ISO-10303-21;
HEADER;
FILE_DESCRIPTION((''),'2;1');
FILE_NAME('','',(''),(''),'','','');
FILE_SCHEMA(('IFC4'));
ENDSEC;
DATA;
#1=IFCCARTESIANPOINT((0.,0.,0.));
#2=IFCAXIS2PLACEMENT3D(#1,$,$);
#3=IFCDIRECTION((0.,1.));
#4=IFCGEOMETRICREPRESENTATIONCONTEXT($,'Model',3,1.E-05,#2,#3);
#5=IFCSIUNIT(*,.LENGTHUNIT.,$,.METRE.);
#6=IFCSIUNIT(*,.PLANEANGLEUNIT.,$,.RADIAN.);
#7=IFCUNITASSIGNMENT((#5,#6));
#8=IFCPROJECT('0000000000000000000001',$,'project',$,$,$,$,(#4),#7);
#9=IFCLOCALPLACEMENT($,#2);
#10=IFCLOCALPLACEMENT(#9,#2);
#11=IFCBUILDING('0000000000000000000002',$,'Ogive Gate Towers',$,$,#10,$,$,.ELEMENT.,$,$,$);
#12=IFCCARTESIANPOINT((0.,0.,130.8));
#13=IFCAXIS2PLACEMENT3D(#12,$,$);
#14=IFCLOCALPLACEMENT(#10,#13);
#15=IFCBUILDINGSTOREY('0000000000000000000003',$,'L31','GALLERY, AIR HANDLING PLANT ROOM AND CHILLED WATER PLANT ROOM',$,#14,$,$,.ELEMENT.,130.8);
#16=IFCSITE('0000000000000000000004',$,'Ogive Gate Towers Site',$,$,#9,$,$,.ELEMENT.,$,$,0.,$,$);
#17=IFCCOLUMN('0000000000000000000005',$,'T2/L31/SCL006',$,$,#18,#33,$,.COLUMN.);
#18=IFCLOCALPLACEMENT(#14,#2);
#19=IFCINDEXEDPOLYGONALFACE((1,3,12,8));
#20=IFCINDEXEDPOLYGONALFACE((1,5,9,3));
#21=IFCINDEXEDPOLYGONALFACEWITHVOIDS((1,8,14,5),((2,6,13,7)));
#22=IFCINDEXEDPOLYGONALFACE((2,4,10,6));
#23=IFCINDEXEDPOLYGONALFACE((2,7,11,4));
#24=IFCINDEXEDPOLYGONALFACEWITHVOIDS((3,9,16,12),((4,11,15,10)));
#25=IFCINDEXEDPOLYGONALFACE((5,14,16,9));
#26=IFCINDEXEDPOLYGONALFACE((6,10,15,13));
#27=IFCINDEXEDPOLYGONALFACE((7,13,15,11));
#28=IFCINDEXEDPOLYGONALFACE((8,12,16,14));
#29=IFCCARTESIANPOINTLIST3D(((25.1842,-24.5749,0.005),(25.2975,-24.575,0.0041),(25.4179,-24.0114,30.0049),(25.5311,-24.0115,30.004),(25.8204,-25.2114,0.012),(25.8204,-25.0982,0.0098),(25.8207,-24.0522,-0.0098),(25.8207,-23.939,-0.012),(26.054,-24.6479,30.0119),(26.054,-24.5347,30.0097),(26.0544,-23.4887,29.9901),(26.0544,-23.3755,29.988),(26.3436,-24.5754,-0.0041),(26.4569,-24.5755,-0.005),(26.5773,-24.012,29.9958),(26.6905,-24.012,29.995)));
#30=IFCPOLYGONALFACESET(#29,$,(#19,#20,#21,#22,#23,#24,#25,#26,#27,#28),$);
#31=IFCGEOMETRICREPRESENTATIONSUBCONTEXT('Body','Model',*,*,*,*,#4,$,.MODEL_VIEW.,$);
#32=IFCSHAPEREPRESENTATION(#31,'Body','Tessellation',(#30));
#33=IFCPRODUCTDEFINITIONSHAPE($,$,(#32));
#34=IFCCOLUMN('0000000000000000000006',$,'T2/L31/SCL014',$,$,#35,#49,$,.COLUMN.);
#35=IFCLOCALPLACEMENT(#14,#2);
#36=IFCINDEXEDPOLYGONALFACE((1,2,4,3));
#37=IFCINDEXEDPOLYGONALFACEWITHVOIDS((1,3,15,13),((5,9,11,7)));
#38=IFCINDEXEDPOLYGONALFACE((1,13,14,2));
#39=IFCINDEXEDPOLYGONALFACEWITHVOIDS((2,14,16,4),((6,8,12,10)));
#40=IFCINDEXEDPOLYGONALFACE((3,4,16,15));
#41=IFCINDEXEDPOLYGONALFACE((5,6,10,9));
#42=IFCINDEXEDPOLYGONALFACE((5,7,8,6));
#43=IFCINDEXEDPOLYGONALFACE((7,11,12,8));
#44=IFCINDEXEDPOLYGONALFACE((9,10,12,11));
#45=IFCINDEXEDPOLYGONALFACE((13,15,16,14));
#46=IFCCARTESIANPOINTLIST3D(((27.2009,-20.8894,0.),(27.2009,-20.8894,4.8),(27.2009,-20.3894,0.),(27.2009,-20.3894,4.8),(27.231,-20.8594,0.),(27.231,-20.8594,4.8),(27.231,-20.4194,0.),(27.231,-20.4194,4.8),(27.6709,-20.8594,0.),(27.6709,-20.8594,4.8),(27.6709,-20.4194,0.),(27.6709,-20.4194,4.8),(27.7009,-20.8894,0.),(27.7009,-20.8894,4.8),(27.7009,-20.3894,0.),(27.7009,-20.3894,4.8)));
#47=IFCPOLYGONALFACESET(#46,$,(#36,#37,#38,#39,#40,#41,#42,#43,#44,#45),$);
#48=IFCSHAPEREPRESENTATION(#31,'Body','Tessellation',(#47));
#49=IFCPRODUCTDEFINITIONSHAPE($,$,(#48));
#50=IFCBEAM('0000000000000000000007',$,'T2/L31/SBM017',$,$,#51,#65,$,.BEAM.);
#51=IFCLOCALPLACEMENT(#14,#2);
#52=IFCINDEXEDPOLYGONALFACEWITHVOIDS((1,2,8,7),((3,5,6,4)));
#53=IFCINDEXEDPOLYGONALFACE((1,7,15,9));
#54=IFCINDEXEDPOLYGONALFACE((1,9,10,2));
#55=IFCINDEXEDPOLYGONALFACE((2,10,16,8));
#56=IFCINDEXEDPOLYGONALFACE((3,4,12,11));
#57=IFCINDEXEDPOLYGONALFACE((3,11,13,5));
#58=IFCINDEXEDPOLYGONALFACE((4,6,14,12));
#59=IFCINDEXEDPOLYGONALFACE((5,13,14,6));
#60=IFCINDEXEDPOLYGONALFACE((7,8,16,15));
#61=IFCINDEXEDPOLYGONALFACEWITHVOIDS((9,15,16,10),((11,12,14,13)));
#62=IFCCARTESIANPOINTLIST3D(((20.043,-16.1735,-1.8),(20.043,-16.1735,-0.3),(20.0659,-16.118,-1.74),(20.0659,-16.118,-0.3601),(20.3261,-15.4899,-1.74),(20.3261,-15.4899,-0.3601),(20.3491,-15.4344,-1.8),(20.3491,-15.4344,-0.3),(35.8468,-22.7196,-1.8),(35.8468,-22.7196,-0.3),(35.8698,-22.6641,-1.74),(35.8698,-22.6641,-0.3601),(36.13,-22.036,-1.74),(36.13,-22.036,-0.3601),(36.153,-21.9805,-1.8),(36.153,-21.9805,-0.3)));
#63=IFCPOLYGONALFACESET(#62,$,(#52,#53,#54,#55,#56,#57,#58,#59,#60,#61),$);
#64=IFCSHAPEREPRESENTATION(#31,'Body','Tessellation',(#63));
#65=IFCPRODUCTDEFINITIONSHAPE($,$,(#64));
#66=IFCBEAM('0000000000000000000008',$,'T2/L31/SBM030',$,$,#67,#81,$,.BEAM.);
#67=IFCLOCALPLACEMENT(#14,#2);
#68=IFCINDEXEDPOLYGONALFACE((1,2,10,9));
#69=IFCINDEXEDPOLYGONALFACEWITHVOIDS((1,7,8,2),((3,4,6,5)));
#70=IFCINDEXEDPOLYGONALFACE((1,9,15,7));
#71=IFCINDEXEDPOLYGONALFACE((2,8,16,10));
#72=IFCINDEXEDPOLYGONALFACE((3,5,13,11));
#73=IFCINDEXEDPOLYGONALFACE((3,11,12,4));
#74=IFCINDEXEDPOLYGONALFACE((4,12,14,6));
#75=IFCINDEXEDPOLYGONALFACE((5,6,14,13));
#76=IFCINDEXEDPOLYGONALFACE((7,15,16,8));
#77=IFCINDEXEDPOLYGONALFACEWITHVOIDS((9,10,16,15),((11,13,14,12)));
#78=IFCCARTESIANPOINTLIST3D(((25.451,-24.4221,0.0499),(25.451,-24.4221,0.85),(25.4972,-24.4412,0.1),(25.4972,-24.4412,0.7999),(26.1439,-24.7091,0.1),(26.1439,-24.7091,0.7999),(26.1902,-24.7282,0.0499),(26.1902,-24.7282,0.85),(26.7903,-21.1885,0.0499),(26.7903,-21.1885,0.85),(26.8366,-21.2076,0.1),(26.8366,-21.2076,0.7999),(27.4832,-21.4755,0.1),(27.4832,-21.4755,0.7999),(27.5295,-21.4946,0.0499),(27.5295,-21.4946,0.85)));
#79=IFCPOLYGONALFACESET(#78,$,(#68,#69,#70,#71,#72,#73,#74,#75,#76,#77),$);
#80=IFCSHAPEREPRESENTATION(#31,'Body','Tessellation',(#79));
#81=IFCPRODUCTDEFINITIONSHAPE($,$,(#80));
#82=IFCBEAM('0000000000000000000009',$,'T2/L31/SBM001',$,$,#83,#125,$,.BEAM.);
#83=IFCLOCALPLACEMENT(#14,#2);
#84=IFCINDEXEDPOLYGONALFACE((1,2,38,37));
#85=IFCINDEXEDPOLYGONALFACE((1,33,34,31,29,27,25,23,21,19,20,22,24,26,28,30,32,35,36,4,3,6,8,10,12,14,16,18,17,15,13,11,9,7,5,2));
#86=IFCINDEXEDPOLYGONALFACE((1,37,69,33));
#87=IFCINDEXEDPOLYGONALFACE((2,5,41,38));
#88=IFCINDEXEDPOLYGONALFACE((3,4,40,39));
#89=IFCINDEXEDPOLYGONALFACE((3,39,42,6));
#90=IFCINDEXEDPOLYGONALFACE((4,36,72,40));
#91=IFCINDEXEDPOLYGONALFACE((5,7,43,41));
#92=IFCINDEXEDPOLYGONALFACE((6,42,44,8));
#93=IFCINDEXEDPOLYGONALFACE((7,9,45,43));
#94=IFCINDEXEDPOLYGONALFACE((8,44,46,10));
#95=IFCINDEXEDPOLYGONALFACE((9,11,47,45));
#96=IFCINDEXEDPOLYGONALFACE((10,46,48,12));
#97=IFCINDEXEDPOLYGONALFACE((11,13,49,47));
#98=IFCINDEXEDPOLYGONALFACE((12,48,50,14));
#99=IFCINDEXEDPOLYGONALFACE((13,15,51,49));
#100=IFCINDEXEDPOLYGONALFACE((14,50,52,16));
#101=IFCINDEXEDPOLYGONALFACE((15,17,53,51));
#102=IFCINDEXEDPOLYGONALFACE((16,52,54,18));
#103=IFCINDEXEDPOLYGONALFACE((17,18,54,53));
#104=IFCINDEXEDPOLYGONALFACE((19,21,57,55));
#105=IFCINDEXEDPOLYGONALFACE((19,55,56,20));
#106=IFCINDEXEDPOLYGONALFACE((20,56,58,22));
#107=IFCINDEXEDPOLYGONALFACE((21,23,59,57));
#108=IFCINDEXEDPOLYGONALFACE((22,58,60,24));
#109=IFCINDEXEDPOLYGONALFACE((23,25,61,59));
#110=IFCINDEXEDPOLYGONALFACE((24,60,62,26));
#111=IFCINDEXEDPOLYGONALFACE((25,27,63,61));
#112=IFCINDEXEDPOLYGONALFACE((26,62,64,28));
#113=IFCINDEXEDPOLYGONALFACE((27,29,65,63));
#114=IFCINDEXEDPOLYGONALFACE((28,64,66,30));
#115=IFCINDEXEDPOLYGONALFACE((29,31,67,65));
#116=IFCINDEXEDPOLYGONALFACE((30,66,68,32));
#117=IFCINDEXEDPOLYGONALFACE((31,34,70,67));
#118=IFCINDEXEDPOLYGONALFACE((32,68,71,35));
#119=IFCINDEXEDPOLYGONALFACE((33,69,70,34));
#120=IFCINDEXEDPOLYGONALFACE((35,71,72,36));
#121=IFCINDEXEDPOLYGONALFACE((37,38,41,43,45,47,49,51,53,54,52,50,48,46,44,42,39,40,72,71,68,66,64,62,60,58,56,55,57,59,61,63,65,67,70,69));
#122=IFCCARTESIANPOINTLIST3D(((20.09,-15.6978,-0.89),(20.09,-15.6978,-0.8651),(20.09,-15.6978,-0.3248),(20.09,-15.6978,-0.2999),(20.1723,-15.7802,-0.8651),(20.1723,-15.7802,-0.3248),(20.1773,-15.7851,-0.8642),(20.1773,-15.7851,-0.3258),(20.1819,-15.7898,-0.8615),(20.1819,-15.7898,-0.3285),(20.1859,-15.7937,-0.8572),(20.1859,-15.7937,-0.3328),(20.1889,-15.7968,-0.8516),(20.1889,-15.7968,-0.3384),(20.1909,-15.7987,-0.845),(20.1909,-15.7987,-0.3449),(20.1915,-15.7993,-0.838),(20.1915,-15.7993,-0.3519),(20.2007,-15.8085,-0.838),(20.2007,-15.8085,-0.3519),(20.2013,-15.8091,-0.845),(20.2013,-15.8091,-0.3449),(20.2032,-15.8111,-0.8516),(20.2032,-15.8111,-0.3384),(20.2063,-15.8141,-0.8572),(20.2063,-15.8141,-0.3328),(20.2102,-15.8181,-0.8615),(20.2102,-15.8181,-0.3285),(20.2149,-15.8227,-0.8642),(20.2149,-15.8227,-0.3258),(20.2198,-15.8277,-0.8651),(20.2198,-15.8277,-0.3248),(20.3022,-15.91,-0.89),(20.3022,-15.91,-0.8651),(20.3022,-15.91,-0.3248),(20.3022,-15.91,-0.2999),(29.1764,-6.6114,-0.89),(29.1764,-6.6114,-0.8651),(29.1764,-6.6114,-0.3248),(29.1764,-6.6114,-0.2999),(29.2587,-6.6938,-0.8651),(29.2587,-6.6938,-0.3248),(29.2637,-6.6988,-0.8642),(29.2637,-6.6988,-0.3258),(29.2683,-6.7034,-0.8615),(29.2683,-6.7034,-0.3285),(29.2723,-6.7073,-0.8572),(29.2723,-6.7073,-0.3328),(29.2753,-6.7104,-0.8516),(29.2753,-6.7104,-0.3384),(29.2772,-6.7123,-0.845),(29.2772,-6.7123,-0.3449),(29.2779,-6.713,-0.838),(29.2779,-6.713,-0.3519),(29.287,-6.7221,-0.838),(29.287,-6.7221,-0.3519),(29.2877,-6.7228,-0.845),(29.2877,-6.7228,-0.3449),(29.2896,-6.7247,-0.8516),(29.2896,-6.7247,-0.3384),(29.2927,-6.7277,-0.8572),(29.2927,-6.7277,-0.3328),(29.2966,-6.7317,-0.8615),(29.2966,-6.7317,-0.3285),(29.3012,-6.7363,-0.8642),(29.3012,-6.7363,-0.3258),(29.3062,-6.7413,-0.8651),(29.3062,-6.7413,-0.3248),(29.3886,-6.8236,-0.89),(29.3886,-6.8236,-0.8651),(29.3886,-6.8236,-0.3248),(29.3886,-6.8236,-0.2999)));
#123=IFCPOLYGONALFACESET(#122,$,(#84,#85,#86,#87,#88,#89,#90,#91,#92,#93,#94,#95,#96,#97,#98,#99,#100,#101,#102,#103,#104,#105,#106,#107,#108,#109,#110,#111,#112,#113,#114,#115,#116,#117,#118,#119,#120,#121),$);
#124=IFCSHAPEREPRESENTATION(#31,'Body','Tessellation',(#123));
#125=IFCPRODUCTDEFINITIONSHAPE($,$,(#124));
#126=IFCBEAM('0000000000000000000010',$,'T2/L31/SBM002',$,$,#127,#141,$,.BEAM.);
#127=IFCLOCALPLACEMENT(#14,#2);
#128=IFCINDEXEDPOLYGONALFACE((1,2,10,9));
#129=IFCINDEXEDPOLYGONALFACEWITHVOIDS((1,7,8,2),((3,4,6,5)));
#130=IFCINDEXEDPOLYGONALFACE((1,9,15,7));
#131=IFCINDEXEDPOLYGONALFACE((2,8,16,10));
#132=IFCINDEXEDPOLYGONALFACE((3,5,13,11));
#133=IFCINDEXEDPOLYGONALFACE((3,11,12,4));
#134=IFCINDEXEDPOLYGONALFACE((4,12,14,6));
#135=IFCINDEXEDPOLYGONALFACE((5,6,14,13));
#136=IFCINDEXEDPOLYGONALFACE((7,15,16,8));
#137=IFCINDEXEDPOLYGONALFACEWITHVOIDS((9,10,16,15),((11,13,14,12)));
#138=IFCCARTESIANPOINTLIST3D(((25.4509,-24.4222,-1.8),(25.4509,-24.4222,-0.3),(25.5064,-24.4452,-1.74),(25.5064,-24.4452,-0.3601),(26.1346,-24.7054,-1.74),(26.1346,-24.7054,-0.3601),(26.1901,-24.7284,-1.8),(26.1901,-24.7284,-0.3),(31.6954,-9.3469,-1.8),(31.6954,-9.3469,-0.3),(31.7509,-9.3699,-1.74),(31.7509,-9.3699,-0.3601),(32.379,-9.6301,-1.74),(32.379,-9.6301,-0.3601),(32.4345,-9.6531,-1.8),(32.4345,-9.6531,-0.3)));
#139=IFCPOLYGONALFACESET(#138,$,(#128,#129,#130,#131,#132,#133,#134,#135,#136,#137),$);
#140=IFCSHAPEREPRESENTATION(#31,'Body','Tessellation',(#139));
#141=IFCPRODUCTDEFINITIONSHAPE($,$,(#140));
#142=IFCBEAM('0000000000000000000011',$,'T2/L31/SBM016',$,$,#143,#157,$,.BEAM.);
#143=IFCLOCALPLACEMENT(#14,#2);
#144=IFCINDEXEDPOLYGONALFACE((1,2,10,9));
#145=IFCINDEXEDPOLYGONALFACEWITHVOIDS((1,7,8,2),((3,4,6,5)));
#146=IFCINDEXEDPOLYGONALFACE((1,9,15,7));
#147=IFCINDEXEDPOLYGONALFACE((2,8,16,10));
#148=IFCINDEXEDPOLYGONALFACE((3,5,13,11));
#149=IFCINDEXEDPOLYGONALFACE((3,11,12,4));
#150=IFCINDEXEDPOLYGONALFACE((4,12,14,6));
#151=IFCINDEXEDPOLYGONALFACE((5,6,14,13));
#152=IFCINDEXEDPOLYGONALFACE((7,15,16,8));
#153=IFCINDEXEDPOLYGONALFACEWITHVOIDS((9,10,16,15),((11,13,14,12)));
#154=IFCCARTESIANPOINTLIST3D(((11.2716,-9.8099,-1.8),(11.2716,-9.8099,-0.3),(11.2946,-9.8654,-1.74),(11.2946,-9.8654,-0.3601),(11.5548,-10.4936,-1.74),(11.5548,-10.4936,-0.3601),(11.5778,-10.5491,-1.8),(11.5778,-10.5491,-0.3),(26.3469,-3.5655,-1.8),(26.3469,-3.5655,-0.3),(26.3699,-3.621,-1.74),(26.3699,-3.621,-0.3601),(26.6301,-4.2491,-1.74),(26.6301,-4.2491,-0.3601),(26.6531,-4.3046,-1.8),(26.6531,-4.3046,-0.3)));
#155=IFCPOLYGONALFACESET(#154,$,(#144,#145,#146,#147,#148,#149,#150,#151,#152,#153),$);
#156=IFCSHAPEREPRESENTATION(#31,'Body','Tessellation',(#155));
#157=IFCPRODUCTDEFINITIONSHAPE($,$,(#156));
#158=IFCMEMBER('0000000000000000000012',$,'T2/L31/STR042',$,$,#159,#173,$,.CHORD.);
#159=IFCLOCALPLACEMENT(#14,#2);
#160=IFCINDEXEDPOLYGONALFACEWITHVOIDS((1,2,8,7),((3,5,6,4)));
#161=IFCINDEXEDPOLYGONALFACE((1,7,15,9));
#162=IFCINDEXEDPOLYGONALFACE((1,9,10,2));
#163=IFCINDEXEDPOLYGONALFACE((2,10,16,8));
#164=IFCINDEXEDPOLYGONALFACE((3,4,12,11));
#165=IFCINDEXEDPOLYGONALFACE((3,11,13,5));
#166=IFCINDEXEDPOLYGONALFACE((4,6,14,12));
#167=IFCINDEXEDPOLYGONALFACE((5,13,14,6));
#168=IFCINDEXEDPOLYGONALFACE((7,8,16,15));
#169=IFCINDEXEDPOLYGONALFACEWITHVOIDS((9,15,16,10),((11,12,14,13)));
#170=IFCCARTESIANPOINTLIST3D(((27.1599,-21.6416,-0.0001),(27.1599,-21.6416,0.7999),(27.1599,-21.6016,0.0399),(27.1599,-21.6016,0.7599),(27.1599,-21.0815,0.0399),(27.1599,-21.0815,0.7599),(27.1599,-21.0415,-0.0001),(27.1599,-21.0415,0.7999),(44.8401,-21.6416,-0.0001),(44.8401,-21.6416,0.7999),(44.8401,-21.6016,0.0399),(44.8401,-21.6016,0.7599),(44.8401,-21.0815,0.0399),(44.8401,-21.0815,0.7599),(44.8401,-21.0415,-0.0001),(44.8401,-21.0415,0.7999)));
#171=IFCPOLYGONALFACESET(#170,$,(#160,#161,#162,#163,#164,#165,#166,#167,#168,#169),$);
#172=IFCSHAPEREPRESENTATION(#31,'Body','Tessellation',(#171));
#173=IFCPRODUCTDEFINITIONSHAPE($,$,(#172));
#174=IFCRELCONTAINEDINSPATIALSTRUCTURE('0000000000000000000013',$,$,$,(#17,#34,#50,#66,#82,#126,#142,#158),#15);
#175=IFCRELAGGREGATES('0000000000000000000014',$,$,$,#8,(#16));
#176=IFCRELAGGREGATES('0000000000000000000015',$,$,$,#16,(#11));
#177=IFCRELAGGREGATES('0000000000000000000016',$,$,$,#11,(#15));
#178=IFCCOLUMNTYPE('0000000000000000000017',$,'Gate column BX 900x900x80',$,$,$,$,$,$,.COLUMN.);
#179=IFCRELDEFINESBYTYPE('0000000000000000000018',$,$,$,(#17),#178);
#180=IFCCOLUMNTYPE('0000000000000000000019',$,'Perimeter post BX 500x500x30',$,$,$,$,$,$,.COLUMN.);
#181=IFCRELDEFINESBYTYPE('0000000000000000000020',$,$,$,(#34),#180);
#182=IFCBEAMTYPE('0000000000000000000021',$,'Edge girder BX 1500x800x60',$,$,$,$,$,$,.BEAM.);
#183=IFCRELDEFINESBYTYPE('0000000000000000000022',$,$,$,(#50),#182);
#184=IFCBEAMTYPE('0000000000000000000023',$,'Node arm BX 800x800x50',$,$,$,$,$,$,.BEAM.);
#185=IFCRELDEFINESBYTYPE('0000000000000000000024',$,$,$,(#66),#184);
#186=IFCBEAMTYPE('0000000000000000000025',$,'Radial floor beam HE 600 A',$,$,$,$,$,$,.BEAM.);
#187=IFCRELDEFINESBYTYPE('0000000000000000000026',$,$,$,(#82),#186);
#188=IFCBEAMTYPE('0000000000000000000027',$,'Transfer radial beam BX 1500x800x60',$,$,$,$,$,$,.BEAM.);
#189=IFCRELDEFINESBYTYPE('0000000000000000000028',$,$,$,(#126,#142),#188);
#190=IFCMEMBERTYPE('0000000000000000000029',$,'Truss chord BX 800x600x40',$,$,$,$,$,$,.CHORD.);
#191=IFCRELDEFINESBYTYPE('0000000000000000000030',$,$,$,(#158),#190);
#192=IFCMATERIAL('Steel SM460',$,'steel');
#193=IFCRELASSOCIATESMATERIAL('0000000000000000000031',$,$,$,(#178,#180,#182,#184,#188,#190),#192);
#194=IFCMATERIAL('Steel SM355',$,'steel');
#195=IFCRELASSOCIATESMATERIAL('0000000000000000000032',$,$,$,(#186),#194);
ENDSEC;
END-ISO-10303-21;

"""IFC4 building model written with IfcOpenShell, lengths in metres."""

from ifc_helpers import new_model, si_unit, direction, frame, origin, origin_2d, place, context, subcontext, project, spatial, hollow_rectangle, i_section, extrude, material, material_profile, profile_set, type_object, element, save


model = new_model("IFC4")

# Units and contexts
model_context = context("Model", 3, precision=1e-05, world=origin(), true_north=direction((0.0, 1.0)))
body_context = subcontext(model_context, "Body", "Model", "MODEL_VIEW")
ifc_project = project(units=[si_unit("LENGTHUNIT", "METRE"), si_unit("PLANEANGLEUNIT", "RADIAN")], contexts=[model_context])

# Site, building, storey
site_placement = place(None, origin())
site = spatial("IfcSite", under=ifc_project, at=site_placement, Name="Ogive Gate Towers Site", CompositionType="ELEMENT", RefElevation=0.0)
building_placement = place(site_placement, origin())
building = spatial("IfcBuilding", under=site, at=building_placement, Name="Ogive Gate Towers", CompositionType="ELEMENT")
storey_placement = place(building_placement, frame((0.0, 0.0, 130.8)))
storey = spatial("IfcBuildingStorey", under=building, at=storey_placement, Name="L31", Description="GALLERY, AIR HANDLING PLANT ROOM AND CHILLED WATER PLANT ROOM", CompositionType="ELEMENT", Elevation=130.8)

# Columns
ifc_material_1 = material(Name="Steel SM460", Category="steel")
ifc_material_profile_1 = material_profile(ifc_material_1, hollow_rectangle(XDim=0.8999, YDim=0.8999, WallThickness=0.0801, at=origin_2d()), Name="BX 900x900x80")
ifc_profile_set_1 = profile_set([ifc_material_profile_1], Name="Steel SM460")
column_type_1 = type_object("IfcColumnType", Name="Gate column BX 900x900x80", PredefinedType="COLUMN", material=ifc_profile_set_1)
column_1_placement = place(storey_placement, frame((25.8206, -24.5752, 0.0), z_axis=(0.007786, 0.018779, 0.999793), x_axis=(0.707294, 0.70667, -0.018782)))
element("IfcColumn", 1, at=column_1_placement, inside=storey, type_object=column_type_1, Name="T2/L31/SCL006", PredefinedType="COLUMN", context=body_context, shape_type="SweptSolid", body=[
    extrude(hollow_rectangle(XDim=0.8999, YDim=0.8999, WallThickness=0.0801, at=origin_2d()), origin(), (0.0, 0.0, 1.0), 30.0061),
])
ifc_material_profile_2 = material_profile(ifc_material_1, hollow_rectangle(XDim=0.5, YDim=0.5, WallThickness=0.03, at=origin_2d()), Name="BX 500x500x30")
ifc_profile_set_2 = profile_set([ifc_material_profile_2], Name="Steel SM460")
column_type_2 = type_object("IfcColumnType", Name="Perimeter post BX 500x500x30", PredefinedType="COLUMN", material=ifc_profile_set_2)
column_2_placement = place(storey_placement, frame((27.4509, -20.6394, 0.0), z_axis=(0.0, 0.0, 1.0), x_axis=(1.0, 0.0, 0.0)))
element("IfcColumn", 2, at=column_2_placement, inside=storey, type_object=column_type_2, Name="T2/L31/SCL014", PredefinedType="COLUMN", context=body_context, shape_type="SweptSolid", body=[
    extrude(hollow_rectangle(XDim=0.5, YDim=0.5, WallThickness=0.03, at=origin_2d()), origin(), (0.0, 0.0, 1.0), 4.8),
])

# Beams
ifc_material_profile_3 = material_profile(ifc_material_1, hollow_rectangle(XDim=0.8, YDim=1.5, WallThickness=0.0601, at=origin_2d()), Name="BX 1500x800x60")
ifc_profile_set_3 = profile_set([ifc_material_profile_3], Name="Steel SM460")
beam_type_1 = type_object("IfcBeamType", Name="Edge girder BX 1500x800x60", PredefinedType="BEAM", material=ifc_profile_set_3)
beam_1_placement = place(storey_placement, frame((20.196, -15.804, -1.05), z_axis=(0.923881, -0.38268, 0.0), x_axis=(0.38268, 0.923881, 0.0)))
element("IfcBeam", 3, at=beam_1_placement, inside=storey, type_object=beam_type_1, Name="T2/L31/SBM017", PredefinedType="BEAM", context=body_context, shape_type="SweptSolid", body=[
    extrude(hollow_rectangle(XDim=0.8, YDim=1.5, WallThickness=0.0601, at=origin_2d()), origin(), (0.0, 0.0, 1.0), 17.106),
])
ifc_material_profile_4 = material_profile(ifc_material_1, hollow_rectangle(XDim=0.8, YDim=0.8, WallThickness=0.05, at=origin_2d()), Name="BX 800x800x50")
ifc_profile_set_4 = profile_set([ifc_material_profile_4], Name="Steel SM460")
beam_type_2 = type_object("IfcBeamType", Name="Node arm BX 800x800x50", PredefinedType="BEAM", material=ifc_profile_set_4)
beam_2_placement = place(storey_placement, frame((27.1599, -21.3416, 0.45), z_axis=(-0.382668, -0.923886, 0.0), x_axis=(0.923886, -0.382668, 0.0)))
element("IfcBeam", 4, at=beam_2_placement, inside=storey, type_object=beam_type_2, Name="T2/L31/SBM030", PredefinedType="BEAM", context=body_context, shape_type="SweptSolid", body=[
    extrude(hollow_rectangle(XDim=0.8, YDim=0.8, WallThickness=0.05, at=origin_2d()), origin(), (0.0, 0.0, 1.0), 3.5),
])
ifc_material_2 = material(Name="Steel SM355", Category="steel")
ifc_material_profile_5 = material_profile(ifc_material_2, i_section(OverallWidth=0.3, OverallDepth=0.5901, WebThickness=0.0129, FlangeThickness=0.0249, FilletRadius=0.0271, at=origin_2d()), Name="HE 600 A")
ifc_profile_set_5 = profile_set([ifc_material_profile_5], Name="Steel SM355")
beam_type_3 = type_object("IfcBeamType", Name="Radial floor beam HE 600 A", PredefinedType="BEAM", material=ifc_profile_set_5)
beam_3_placement = place(storey_placement, frame((29.2825, -6.7175, -0.595), z_axis=(-0.707107, -0.707107, 0.0), x_axis=(0.707107, -0.707107, 0.0)))
element("IfcBeam", 5, at=beam_3_placement, inside=storey, type_object=beam_type_3, Name="T2/L31/SBM001", PredefinedType="BEAM", context=body_context, shape_type="SweptSolid", body=[
    extrude(i_section(OverallWidth=0.3, OverallDepth=0.5901, WebThickness=0.0129, FlangeThickness=0.0249, FilletRadius=0.0271, at=origin_2d()), origin(), (0.0, 0.0, 1.0), 12.8501),
])
ifc_material_profile_6 = material_profile(ifc_material_1, hollow_rectangle(XDim=0.8, YDim=1.5, WallThickness=0.0601, at=origin_2d()), Name="BX 1500x800x60")
ifc_profile_set_6 = profile_set([ifc_material_profile_6], Name="Steel SM460")
beam_type_4 = type_object("IfcBeamType", Name="Transfer radial beam BX 1500x800x60", PredefinedType="BEAM", material=ifc_profile_set_6)
for number, where, z_axis, x_axis, name in (
    (6, (32.0649, -9.5, -1.05), (-0.382685, -0.923879, 0.0), (0.923879, -0.382685, 0.0), "T2/L31/SBM002"),
    (7, (26.5, -3.9351, -1.05), (-0.923879, -0.382685, 0.0), (0.382685, -0.923879, 0.0), "T2/L31/SBM016"),
):
    element("IfcBeam", number, at=place(storey_placement, frame(where, z_axis=z_axis, x_axis=x_axis)), inside=storey, type_object=beam_type_4, Name=name, PredefinedType="BEAM", context=body_context, shape_type="SweptSolid", body=[
        extrude(hollow_rectangle(XDim=0.8, YDim=1.5, WallThickness=0.0601, at=origin_2d()), origin(), (0.0, 0.0, 1.0), 16.3174),
    ])

# Member
ifc_material_profile_7 = material_profile(ifc_material_1, hollow_rectangle(XDim=0.6001, YDim=0.8, WallThickness=0.04, at=origin_2d()), Name="BX 800x600x40")
ifc_profile_set_7 = profile_set([ifc_material_profile_7], Name="Steel SM460")
member_type_1 = type_object("IfcMemberType", Name="Truss chord BX 800x600x40", PredefinedType="CHORD", material=ifc_profile_set_7)
for number, where, z_axis, x_axis, name in (
    (8, (27.1599, -21.3416, 0.3999), (1.0, 0.0, 0.0), (0.0, 1.0, 0.0), "T2/L31/STR042"),
):
    element("IfcMember", number, at=place(storey_placement, frame(where, z_axis=z_axis, x_axis=x_axis)), inside=storey, type_object=member_type_1, Name=name, PredefinedType="CHORD", context=body_context, shape_type="SweptSolid", body=[
        extrude(hollow_rectangle(XDim=0.6001, YDim=0.8, WallThickness=0.04, at=origin_2d()), origin(), (0.0, 0.0, 1.0), 17.6802),
    ])

save(model, "model.ifc")
